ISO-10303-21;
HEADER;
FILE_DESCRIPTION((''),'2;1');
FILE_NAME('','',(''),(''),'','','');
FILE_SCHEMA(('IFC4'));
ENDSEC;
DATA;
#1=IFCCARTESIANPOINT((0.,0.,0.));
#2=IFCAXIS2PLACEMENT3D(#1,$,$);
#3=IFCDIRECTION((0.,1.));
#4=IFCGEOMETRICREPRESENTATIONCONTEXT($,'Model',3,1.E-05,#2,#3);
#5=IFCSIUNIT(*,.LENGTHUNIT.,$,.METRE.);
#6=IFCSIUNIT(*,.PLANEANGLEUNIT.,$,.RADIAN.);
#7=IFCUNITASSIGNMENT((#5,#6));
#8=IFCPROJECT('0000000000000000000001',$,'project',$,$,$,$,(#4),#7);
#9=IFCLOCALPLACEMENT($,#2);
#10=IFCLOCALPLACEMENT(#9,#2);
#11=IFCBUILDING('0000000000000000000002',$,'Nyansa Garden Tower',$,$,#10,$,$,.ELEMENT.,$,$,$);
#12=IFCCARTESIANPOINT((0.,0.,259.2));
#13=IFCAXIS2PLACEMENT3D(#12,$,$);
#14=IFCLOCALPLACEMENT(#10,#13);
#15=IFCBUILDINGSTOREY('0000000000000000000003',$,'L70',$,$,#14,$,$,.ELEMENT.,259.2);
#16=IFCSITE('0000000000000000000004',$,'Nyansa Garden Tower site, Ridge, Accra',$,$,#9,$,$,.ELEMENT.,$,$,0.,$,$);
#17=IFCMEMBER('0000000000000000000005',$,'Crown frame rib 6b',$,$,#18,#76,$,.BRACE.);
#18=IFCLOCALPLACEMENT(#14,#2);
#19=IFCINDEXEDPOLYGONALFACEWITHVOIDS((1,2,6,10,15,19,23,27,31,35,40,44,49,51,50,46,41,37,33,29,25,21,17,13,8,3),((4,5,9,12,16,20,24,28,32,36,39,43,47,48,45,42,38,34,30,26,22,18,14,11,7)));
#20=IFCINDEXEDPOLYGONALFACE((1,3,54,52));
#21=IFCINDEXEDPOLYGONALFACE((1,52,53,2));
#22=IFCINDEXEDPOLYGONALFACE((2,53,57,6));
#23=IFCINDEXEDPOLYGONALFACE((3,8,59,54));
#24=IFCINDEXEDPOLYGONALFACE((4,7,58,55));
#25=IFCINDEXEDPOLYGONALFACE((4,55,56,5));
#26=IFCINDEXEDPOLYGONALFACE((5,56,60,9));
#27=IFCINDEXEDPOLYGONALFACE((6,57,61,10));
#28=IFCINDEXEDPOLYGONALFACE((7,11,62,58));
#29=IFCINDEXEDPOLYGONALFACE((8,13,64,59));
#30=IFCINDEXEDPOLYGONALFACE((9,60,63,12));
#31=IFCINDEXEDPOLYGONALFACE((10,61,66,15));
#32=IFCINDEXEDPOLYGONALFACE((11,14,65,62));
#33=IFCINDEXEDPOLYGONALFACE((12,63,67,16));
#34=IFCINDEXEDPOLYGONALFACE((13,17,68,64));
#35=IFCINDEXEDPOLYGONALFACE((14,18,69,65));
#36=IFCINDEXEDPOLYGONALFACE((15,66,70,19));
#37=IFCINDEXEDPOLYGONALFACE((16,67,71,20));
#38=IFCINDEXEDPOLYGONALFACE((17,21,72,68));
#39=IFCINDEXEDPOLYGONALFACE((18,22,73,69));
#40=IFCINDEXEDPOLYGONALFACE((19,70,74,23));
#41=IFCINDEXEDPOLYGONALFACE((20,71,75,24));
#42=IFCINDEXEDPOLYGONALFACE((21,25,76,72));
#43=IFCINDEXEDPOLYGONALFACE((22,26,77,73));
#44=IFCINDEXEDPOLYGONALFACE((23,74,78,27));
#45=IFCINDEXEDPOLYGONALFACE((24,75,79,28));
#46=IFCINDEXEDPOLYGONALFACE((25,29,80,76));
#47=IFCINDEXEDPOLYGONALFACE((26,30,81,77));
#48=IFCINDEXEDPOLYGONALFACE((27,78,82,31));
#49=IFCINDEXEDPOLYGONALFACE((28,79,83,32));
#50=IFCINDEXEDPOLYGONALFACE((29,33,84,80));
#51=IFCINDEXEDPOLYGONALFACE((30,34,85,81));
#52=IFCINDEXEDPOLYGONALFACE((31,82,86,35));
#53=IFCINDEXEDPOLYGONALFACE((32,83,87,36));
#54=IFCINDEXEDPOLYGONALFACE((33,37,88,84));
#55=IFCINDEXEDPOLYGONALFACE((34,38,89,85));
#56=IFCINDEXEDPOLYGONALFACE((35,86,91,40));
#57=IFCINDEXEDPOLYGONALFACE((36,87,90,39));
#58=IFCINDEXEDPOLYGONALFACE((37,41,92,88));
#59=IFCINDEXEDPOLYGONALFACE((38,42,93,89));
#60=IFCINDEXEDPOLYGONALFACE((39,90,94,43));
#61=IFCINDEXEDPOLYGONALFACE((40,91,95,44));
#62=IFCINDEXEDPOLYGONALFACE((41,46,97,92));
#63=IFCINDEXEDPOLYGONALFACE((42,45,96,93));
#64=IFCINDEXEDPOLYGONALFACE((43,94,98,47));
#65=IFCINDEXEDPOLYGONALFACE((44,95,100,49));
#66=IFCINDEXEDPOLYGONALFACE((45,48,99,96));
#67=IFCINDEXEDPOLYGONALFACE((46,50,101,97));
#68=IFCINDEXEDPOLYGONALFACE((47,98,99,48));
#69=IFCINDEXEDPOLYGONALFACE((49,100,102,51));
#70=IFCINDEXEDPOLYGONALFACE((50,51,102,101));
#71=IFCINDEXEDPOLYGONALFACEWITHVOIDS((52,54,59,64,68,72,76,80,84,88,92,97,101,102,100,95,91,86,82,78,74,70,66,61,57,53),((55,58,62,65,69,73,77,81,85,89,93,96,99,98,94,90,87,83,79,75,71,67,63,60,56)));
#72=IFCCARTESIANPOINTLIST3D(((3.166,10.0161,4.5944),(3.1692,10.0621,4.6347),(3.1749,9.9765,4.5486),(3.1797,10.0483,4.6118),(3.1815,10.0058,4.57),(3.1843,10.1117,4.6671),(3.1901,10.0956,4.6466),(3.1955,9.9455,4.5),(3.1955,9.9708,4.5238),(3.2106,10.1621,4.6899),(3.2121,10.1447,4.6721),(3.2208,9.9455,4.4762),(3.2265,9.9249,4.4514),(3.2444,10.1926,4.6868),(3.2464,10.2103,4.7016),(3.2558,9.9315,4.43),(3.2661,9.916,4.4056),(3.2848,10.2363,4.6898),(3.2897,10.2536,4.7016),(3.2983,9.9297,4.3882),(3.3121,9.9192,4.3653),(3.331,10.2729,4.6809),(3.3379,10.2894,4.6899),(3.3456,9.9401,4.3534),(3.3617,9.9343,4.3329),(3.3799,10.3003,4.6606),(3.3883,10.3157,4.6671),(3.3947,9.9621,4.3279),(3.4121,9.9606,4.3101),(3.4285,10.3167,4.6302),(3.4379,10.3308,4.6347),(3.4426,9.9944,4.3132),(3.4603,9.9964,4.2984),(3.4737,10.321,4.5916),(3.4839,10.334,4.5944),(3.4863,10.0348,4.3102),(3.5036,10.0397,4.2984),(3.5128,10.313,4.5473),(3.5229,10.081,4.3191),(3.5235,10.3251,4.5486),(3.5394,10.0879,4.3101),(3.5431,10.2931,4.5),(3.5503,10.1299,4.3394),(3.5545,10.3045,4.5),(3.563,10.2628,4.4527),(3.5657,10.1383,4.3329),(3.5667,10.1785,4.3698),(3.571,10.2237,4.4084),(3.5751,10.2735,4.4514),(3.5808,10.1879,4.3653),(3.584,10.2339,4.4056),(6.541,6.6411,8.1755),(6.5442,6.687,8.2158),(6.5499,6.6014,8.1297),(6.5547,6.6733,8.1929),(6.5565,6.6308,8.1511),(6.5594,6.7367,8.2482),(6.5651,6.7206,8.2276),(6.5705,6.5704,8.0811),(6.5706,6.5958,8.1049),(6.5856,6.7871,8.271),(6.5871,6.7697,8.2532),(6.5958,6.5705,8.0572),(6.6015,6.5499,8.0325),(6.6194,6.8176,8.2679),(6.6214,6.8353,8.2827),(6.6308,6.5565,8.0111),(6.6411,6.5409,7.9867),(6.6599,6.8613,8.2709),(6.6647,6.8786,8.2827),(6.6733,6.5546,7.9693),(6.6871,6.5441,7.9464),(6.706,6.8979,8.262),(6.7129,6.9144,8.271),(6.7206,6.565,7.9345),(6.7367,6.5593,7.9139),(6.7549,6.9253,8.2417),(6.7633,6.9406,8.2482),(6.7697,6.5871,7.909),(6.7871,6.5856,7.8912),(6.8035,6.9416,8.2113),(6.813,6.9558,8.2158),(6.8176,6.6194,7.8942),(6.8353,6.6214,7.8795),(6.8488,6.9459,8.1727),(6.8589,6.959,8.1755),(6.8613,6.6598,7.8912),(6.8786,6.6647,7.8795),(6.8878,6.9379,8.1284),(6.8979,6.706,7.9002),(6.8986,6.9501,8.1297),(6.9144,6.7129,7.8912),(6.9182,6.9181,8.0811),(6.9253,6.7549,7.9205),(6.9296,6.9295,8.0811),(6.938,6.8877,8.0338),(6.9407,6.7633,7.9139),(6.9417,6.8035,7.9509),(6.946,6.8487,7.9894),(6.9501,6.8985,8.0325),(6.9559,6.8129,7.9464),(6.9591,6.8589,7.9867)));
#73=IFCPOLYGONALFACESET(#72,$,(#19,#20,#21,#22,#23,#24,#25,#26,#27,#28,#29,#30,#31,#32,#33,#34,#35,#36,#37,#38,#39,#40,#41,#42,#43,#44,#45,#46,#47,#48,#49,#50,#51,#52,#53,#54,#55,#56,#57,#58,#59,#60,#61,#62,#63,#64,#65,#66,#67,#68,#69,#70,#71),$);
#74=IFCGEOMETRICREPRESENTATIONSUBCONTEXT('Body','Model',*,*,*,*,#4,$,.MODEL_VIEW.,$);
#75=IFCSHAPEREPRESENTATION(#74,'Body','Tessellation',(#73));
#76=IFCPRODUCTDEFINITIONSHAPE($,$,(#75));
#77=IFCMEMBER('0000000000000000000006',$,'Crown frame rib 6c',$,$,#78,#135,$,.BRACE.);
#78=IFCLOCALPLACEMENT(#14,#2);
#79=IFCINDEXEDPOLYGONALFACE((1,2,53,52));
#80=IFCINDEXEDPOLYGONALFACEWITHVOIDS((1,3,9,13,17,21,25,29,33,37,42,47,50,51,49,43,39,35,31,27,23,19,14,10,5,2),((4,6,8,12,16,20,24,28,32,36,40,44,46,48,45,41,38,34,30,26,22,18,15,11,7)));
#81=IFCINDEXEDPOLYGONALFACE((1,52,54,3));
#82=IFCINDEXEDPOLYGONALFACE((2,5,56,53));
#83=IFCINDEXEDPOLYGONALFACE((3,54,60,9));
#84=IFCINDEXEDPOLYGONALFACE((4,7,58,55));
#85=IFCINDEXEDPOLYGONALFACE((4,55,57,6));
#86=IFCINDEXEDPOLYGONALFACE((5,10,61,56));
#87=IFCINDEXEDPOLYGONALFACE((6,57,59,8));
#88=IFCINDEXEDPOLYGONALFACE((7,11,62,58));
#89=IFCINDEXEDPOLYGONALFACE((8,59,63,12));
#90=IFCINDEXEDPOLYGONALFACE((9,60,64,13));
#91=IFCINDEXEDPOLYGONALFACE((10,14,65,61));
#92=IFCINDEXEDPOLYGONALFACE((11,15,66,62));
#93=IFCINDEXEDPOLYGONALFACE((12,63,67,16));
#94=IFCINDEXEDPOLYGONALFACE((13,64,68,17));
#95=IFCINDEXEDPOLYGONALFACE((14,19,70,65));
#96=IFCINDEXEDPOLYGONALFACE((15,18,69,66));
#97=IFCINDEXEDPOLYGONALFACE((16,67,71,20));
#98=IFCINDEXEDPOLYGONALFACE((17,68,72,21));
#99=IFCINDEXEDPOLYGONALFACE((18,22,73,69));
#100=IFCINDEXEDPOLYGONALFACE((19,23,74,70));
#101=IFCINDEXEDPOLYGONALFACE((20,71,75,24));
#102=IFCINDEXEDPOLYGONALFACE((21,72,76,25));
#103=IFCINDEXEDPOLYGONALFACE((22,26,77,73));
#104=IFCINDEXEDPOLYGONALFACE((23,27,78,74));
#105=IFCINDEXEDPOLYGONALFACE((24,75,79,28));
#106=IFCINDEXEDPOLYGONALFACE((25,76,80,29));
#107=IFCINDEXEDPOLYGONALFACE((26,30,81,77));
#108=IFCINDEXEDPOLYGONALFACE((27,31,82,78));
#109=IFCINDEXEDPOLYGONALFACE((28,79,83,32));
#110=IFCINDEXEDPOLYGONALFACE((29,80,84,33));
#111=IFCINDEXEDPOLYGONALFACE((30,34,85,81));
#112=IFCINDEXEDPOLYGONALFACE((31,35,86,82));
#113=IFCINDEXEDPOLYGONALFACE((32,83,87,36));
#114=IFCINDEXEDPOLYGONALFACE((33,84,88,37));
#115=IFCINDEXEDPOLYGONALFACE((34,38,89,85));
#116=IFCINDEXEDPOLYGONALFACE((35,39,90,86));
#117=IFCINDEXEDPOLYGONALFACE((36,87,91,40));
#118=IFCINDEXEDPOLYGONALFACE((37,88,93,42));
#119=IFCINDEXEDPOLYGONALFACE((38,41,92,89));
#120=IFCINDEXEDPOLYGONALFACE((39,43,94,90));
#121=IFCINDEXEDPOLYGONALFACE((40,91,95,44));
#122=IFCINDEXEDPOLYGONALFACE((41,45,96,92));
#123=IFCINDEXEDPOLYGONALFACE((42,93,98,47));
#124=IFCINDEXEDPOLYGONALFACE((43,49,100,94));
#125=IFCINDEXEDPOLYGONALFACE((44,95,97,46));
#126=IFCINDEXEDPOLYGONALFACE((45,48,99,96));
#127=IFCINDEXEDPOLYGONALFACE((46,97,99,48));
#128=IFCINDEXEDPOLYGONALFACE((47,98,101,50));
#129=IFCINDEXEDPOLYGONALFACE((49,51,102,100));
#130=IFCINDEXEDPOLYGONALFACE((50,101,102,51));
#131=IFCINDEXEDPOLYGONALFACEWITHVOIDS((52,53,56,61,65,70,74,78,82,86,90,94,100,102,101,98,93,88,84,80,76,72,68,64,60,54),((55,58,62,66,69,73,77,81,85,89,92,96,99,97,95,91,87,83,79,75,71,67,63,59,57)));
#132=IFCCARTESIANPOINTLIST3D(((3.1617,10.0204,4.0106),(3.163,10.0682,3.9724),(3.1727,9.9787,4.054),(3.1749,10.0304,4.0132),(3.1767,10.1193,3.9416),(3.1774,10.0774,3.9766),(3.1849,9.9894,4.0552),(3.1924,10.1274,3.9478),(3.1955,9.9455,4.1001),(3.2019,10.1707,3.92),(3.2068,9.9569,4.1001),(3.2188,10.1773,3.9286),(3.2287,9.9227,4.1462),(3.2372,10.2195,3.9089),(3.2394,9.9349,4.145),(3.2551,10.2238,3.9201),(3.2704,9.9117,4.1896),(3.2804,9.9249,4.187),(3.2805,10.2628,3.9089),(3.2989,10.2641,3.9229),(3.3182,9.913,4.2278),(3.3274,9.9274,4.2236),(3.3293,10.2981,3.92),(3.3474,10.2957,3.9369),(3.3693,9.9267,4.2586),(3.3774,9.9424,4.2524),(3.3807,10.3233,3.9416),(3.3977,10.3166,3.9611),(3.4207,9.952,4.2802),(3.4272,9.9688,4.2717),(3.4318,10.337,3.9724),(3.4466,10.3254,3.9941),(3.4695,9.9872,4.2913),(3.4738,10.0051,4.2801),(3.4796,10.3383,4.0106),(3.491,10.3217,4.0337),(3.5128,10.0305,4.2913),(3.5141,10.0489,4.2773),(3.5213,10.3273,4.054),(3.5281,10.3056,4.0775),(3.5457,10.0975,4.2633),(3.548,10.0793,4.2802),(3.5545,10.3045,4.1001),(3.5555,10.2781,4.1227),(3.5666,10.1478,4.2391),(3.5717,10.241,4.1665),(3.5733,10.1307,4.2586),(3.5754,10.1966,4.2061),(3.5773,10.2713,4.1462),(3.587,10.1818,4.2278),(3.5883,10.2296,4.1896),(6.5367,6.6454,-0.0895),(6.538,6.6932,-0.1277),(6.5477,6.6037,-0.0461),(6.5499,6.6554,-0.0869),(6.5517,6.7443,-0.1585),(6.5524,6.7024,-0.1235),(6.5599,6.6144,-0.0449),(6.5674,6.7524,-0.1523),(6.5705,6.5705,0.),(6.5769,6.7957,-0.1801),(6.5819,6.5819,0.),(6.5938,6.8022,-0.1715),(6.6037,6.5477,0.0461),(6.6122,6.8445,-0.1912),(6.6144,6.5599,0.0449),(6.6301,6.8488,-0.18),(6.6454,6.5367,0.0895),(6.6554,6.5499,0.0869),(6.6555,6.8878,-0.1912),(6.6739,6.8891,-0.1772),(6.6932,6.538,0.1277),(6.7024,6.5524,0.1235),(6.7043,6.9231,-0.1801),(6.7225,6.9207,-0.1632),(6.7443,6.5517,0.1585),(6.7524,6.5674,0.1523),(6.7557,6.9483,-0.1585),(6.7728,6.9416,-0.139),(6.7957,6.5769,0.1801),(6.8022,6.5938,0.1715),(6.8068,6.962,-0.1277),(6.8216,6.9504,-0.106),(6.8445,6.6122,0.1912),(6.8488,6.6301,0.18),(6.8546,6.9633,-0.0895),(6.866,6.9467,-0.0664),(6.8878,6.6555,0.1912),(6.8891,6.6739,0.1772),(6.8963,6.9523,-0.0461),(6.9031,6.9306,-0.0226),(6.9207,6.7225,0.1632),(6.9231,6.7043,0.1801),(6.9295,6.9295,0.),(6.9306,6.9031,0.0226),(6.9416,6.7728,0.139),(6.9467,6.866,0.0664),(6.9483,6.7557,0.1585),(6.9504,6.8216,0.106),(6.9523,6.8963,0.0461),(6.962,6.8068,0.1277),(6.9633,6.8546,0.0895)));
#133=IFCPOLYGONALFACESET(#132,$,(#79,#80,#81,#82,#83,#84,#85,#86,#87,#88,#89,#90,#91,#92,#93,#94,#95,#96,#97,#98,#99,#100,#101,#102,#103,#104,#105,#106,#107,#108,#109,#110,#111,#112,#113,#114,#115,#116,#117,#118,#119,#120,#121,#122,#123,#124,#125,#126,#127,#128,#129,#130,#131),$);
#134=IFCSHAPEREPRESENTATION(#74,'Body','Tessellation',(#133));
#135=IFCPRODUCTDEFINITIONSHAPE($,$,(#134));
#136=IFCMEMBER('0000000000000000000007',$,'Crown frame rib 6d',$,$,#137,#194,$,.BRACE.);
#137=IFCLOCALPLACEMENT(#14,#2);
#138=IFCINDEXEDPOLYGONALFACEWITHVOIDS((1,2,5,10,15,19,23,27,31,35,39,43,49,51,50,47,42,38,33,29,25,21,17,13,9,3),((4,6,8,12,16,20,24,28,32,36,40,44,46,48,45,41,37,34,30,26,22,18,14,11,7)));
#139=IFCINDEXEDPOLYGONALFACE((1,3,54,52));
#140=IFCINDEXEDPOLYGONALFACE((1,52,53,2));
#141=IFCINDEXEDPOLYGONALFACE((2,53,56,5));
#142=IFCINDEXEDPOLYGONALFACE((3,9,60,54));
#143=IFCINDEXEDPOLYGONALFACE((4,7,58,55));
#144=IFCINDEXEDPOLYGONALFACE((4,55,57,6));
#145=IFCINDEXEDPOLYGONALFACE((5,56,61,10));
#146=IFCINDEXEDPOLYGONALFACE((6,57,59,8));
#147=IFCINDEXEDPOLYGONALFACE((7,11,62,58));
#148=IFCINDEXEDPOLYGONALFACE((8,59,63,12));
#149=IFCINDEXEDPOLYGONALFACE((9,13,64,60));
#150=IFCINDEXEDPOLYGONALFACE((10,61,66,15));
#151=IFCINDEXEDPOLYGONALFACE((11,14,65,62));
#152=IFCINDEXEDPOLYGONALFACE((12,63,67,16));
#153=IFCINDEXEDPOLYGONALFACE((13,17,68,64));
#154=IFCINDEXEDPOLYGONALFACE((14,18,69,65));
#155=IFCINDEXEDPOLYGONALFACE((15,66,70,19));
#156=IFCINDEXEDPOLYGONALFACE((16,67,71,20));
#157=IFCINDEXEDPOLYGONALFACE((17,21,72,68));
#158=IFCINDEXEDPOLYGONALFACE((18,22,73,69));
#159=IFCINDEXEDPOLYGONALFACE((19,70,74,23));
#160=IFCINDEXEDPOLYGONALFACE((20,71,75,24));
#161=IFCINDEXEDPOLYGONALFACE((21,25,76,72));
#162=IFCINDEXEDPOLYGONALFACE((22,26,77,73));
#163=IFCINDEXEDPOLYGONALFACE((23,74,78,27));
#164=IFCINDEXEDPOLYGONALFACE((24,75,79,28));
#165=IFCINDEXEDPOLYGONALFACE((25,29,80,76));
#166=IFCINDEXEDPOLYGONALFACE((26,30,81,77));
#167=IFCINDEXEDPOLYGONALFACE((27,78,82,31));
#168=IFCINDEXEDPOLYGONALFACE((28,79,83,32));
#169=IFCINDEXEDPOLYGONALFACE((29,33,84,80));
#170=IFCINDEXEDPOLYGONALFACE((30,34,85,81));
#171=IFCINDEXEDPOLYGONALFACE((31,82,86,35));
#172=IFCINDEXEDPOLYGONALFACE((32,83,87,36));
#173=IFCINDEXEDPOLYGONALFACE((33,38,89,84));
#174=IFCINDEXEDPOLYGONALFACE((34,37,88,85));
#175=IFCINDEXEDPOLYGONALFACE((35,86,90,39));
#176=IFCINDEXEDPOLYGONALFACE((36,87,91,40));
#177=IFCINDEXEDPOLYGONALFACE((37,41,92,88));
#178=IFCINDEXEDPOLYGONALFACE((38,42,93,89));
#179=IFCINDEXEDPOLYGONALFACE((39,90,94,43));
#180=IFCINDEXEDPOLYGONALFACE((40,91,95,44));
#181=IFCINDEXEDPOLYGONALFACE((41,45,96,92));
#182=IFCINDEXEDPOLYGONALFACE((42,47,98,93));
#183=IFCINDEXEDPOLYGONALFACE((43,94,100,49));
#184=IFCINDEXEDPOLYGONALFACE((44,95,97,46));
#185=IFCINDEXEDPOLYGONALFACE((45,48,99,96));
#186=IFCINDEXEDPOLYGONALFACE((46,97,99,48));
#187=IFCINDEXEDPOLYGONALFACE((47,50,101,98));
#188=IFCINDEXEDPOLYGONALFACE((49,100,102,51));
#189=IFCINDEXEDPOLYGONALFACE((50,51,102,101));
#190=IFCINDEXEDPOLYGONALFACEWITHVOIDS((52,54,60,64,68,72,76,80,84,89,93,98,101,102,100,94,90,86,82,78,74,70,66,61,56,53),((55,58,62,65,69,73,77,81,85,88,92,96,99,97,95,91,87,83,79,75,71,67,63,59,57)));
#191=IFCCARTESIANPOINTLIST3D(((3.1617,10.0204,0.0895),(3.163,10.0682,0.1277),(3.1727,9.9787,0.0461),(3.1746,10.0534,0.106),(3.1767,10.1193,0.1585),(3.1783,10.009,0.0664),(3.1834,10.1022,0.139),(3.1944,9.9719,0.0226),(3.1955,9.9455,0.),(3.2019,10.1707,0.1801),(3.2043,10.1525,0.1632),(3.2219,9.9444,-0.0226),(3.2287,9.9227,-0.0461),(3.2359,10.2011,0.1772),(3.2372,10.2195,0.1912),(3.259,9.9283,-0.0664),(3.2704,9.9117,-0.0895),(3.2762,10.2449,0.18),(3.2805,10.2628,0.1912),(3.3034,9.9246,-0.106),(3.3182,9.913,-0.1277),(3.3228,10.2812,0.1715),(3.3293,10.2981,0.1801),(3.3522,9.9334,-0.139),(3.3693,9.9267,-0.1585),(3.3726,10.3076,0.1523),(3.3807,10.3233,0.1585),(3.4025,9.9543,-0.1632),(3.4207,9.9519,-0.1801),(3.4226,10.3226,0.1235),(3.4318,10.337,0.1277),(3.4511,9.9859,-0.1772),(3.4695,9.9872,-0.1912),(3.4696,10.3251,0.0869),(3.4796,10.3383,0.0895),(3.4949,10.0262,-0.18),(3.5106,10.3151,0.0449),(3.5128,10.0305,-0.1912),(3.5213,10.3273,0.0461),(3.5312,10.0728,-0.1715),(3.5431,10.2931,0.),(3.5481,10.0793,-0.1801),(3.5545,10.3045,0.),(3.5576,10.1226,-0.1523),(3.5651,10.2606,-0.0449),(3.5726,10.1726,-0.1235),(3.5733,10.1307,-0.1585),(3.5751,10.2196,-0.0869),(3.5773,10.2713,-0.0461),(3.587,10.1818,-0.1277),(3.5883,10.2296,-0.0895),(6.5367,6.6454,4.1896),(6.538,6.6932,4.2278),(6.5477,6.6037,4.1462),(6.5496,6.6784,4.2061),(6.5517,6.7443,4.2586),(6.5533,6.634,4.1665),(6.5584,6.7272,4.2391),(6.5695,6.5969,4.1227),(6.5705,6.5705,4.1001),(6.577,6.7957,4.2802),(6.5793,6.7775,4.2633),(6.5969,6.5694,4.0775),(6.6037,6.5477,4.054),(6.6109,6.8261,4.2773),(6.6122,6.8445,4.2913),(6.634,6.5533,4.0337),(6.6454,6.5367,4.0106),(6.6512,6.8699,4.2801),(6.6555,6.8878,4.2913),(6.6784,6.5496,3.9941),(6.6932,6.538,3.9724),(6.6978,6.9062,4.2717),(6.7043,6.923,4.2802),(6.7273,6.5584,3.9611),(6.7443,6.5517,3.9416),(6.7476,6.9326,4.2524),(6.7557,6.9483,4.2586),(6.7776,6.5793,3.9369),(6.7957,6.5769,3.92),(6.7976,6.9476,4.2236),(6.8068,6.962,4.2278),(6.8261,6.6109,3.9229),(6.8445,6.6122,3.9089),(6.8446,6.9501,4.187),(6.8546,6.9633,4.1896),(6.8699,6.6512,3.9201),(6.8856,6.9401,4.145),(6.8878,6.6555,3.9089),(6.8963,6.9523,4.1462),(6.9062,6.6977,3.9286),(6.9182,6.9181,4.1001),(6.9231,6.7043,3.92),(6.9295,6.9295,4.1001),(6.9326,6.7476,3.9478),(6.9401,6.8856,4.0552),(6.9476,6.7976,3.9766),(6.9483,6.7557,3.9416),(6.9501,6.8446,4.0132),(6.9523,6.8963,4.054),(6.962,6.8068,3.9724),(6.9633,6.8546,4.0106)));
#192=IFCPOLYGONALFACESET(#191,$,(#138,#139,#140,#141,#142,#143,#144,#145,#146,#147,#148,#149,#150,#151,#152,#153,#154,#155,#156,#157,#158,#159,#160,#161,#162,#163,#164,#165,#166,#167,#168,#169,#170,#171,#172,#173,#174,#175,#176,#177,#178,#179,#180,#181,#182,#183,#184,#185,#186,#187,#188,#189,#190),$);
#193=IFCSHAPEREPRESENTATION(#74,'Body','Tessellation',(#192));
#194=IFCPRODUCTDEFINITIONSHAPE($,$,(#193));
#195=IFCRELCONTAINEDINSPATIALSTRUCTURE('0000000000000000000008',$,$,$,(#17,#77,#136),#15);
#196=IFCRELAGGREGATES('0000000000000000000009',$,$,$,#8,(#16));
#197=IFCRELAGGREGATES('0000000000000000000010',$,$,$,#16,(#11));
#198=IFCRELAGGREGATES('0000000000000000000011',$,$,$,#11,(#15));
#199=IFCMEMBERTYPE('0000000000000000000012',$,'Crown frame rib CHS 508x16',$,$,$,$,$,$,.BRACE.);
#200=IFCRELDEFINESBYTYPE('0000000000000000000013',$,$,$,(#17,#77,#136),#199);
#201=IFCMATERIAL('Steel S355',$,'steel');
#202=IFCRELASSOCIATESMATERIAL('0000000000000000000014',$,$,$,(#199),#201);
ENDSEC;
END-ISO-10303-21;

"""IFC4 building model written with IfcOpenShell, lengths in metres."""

from ifc_helpers import new_model, si_unit, direction, frame, origin, origin_2d, place, context, subcontext, project, spatial, hollow_circle, extrude, material, material_profile, profile_set, type_object, element, save


model = new_model("IFC4")

# Units and contexts
model_context = context("Model", 3, precision=1e-05, world=origin(), true_north=direction((0.0, 1.0)))
body_context = subcontext(model_context, "Body", "Model", "MODEL_VIEW")
ifc_project = project(units=[si_unit("LENGTHUNIT", "METRE"), si_unit("PLANEANGLEUNIT", "RADIAN")], contexts=[model_context])

# Site, building, storey
site_placement = place(None, origin())
site = spatial("IfcSite", under=ifc_project, at=site_placement, Name="Nyansa Garden Tower site, Ridge, Accra", CompositionType="ELEMENT", RefElevation=0.0)
building_placement = place(site_placement, origin())
building = spatial("IfcBuilding", under=site, at=building_placement, Name="Nyansa Garden Tower", CompositionType="ELEMENT")
storey_placement = place(building_placement, frame((0.0, 0.0, 259.2)))
storey = spatial("IfcBuildingStorey", under=building, at=storey_placement, Name="L70", CompositionType="ELEMENT", Elevation=259.2)

# Members
ifc_material_1 = material(Name="Steel S355", Category="steel")
ifc_material_profile_1 = material_profile(ifc_material_1, hollow_circle(Radius=0.2539, WallThickness=0.0161, at=origin_2d()), Name="CHS 508x16")
ifc_profile_set_1 = profile_set([ifc_material_profile_1], Name="Steel S355")
member_type = type_object("IfcMemberType", Name="Crown frame rib CHS 508x16", PredefinedType="BRACE", material=ifc_profile_set_1)
for number, where, z_axis, x_axis, name in (
    (1, (3.375, 10.125, 4.5), (0.56561, -0.56561, 0.600142), (0.707107, 0.707107, 0.0), "Crown frame rib 6b"),
):
    element("IfcMember", number, at=place(storey_placement, frame(where, z_axis=z_axis, x_axis=x_axis)), inside=storey, type_object=member_type, Name=name, PredefinedType="BRACE", context=body_context, shape_type="SweptSolid", body=[
        extrude(hollow_circle(Radius=0.2539, WallThickness=0.0161, at=origin_2d()), origin(), (0.0, 0.0, 1.0), 5.967),
    ])
for number, where, z_axis, x_axis, name in (
    (2, (6.75, 6.75, 0.0), (-0.536377, 0.536377, 0.651614), (-0.707107, -0.707107, 0.0), "Crown frame rib 6c"),
    (3, (3.375, 10.125, 0.0), (0.536377, -0.536377, 0.651614), (0.707107, 0.707107, 0.0), "Crown frame rib 6d"),
):
    element("IfcMember", number, at=place(storey_placement, frame(where, z_axis=z_axis, x_axis=x_axis)), inside=storey, type_object=member_type, Name=name, PredefinedType="BRACE", context=body_context, shape_type="SweptSolid", body=[
        extrude(hollow_circle(Radius=0.2539, WallThickness=0.0161, at=origin_2d()), origin(), (0.0, 0.0, 1.0), 6.2922),
    ])

save(model, "model.ifc")
